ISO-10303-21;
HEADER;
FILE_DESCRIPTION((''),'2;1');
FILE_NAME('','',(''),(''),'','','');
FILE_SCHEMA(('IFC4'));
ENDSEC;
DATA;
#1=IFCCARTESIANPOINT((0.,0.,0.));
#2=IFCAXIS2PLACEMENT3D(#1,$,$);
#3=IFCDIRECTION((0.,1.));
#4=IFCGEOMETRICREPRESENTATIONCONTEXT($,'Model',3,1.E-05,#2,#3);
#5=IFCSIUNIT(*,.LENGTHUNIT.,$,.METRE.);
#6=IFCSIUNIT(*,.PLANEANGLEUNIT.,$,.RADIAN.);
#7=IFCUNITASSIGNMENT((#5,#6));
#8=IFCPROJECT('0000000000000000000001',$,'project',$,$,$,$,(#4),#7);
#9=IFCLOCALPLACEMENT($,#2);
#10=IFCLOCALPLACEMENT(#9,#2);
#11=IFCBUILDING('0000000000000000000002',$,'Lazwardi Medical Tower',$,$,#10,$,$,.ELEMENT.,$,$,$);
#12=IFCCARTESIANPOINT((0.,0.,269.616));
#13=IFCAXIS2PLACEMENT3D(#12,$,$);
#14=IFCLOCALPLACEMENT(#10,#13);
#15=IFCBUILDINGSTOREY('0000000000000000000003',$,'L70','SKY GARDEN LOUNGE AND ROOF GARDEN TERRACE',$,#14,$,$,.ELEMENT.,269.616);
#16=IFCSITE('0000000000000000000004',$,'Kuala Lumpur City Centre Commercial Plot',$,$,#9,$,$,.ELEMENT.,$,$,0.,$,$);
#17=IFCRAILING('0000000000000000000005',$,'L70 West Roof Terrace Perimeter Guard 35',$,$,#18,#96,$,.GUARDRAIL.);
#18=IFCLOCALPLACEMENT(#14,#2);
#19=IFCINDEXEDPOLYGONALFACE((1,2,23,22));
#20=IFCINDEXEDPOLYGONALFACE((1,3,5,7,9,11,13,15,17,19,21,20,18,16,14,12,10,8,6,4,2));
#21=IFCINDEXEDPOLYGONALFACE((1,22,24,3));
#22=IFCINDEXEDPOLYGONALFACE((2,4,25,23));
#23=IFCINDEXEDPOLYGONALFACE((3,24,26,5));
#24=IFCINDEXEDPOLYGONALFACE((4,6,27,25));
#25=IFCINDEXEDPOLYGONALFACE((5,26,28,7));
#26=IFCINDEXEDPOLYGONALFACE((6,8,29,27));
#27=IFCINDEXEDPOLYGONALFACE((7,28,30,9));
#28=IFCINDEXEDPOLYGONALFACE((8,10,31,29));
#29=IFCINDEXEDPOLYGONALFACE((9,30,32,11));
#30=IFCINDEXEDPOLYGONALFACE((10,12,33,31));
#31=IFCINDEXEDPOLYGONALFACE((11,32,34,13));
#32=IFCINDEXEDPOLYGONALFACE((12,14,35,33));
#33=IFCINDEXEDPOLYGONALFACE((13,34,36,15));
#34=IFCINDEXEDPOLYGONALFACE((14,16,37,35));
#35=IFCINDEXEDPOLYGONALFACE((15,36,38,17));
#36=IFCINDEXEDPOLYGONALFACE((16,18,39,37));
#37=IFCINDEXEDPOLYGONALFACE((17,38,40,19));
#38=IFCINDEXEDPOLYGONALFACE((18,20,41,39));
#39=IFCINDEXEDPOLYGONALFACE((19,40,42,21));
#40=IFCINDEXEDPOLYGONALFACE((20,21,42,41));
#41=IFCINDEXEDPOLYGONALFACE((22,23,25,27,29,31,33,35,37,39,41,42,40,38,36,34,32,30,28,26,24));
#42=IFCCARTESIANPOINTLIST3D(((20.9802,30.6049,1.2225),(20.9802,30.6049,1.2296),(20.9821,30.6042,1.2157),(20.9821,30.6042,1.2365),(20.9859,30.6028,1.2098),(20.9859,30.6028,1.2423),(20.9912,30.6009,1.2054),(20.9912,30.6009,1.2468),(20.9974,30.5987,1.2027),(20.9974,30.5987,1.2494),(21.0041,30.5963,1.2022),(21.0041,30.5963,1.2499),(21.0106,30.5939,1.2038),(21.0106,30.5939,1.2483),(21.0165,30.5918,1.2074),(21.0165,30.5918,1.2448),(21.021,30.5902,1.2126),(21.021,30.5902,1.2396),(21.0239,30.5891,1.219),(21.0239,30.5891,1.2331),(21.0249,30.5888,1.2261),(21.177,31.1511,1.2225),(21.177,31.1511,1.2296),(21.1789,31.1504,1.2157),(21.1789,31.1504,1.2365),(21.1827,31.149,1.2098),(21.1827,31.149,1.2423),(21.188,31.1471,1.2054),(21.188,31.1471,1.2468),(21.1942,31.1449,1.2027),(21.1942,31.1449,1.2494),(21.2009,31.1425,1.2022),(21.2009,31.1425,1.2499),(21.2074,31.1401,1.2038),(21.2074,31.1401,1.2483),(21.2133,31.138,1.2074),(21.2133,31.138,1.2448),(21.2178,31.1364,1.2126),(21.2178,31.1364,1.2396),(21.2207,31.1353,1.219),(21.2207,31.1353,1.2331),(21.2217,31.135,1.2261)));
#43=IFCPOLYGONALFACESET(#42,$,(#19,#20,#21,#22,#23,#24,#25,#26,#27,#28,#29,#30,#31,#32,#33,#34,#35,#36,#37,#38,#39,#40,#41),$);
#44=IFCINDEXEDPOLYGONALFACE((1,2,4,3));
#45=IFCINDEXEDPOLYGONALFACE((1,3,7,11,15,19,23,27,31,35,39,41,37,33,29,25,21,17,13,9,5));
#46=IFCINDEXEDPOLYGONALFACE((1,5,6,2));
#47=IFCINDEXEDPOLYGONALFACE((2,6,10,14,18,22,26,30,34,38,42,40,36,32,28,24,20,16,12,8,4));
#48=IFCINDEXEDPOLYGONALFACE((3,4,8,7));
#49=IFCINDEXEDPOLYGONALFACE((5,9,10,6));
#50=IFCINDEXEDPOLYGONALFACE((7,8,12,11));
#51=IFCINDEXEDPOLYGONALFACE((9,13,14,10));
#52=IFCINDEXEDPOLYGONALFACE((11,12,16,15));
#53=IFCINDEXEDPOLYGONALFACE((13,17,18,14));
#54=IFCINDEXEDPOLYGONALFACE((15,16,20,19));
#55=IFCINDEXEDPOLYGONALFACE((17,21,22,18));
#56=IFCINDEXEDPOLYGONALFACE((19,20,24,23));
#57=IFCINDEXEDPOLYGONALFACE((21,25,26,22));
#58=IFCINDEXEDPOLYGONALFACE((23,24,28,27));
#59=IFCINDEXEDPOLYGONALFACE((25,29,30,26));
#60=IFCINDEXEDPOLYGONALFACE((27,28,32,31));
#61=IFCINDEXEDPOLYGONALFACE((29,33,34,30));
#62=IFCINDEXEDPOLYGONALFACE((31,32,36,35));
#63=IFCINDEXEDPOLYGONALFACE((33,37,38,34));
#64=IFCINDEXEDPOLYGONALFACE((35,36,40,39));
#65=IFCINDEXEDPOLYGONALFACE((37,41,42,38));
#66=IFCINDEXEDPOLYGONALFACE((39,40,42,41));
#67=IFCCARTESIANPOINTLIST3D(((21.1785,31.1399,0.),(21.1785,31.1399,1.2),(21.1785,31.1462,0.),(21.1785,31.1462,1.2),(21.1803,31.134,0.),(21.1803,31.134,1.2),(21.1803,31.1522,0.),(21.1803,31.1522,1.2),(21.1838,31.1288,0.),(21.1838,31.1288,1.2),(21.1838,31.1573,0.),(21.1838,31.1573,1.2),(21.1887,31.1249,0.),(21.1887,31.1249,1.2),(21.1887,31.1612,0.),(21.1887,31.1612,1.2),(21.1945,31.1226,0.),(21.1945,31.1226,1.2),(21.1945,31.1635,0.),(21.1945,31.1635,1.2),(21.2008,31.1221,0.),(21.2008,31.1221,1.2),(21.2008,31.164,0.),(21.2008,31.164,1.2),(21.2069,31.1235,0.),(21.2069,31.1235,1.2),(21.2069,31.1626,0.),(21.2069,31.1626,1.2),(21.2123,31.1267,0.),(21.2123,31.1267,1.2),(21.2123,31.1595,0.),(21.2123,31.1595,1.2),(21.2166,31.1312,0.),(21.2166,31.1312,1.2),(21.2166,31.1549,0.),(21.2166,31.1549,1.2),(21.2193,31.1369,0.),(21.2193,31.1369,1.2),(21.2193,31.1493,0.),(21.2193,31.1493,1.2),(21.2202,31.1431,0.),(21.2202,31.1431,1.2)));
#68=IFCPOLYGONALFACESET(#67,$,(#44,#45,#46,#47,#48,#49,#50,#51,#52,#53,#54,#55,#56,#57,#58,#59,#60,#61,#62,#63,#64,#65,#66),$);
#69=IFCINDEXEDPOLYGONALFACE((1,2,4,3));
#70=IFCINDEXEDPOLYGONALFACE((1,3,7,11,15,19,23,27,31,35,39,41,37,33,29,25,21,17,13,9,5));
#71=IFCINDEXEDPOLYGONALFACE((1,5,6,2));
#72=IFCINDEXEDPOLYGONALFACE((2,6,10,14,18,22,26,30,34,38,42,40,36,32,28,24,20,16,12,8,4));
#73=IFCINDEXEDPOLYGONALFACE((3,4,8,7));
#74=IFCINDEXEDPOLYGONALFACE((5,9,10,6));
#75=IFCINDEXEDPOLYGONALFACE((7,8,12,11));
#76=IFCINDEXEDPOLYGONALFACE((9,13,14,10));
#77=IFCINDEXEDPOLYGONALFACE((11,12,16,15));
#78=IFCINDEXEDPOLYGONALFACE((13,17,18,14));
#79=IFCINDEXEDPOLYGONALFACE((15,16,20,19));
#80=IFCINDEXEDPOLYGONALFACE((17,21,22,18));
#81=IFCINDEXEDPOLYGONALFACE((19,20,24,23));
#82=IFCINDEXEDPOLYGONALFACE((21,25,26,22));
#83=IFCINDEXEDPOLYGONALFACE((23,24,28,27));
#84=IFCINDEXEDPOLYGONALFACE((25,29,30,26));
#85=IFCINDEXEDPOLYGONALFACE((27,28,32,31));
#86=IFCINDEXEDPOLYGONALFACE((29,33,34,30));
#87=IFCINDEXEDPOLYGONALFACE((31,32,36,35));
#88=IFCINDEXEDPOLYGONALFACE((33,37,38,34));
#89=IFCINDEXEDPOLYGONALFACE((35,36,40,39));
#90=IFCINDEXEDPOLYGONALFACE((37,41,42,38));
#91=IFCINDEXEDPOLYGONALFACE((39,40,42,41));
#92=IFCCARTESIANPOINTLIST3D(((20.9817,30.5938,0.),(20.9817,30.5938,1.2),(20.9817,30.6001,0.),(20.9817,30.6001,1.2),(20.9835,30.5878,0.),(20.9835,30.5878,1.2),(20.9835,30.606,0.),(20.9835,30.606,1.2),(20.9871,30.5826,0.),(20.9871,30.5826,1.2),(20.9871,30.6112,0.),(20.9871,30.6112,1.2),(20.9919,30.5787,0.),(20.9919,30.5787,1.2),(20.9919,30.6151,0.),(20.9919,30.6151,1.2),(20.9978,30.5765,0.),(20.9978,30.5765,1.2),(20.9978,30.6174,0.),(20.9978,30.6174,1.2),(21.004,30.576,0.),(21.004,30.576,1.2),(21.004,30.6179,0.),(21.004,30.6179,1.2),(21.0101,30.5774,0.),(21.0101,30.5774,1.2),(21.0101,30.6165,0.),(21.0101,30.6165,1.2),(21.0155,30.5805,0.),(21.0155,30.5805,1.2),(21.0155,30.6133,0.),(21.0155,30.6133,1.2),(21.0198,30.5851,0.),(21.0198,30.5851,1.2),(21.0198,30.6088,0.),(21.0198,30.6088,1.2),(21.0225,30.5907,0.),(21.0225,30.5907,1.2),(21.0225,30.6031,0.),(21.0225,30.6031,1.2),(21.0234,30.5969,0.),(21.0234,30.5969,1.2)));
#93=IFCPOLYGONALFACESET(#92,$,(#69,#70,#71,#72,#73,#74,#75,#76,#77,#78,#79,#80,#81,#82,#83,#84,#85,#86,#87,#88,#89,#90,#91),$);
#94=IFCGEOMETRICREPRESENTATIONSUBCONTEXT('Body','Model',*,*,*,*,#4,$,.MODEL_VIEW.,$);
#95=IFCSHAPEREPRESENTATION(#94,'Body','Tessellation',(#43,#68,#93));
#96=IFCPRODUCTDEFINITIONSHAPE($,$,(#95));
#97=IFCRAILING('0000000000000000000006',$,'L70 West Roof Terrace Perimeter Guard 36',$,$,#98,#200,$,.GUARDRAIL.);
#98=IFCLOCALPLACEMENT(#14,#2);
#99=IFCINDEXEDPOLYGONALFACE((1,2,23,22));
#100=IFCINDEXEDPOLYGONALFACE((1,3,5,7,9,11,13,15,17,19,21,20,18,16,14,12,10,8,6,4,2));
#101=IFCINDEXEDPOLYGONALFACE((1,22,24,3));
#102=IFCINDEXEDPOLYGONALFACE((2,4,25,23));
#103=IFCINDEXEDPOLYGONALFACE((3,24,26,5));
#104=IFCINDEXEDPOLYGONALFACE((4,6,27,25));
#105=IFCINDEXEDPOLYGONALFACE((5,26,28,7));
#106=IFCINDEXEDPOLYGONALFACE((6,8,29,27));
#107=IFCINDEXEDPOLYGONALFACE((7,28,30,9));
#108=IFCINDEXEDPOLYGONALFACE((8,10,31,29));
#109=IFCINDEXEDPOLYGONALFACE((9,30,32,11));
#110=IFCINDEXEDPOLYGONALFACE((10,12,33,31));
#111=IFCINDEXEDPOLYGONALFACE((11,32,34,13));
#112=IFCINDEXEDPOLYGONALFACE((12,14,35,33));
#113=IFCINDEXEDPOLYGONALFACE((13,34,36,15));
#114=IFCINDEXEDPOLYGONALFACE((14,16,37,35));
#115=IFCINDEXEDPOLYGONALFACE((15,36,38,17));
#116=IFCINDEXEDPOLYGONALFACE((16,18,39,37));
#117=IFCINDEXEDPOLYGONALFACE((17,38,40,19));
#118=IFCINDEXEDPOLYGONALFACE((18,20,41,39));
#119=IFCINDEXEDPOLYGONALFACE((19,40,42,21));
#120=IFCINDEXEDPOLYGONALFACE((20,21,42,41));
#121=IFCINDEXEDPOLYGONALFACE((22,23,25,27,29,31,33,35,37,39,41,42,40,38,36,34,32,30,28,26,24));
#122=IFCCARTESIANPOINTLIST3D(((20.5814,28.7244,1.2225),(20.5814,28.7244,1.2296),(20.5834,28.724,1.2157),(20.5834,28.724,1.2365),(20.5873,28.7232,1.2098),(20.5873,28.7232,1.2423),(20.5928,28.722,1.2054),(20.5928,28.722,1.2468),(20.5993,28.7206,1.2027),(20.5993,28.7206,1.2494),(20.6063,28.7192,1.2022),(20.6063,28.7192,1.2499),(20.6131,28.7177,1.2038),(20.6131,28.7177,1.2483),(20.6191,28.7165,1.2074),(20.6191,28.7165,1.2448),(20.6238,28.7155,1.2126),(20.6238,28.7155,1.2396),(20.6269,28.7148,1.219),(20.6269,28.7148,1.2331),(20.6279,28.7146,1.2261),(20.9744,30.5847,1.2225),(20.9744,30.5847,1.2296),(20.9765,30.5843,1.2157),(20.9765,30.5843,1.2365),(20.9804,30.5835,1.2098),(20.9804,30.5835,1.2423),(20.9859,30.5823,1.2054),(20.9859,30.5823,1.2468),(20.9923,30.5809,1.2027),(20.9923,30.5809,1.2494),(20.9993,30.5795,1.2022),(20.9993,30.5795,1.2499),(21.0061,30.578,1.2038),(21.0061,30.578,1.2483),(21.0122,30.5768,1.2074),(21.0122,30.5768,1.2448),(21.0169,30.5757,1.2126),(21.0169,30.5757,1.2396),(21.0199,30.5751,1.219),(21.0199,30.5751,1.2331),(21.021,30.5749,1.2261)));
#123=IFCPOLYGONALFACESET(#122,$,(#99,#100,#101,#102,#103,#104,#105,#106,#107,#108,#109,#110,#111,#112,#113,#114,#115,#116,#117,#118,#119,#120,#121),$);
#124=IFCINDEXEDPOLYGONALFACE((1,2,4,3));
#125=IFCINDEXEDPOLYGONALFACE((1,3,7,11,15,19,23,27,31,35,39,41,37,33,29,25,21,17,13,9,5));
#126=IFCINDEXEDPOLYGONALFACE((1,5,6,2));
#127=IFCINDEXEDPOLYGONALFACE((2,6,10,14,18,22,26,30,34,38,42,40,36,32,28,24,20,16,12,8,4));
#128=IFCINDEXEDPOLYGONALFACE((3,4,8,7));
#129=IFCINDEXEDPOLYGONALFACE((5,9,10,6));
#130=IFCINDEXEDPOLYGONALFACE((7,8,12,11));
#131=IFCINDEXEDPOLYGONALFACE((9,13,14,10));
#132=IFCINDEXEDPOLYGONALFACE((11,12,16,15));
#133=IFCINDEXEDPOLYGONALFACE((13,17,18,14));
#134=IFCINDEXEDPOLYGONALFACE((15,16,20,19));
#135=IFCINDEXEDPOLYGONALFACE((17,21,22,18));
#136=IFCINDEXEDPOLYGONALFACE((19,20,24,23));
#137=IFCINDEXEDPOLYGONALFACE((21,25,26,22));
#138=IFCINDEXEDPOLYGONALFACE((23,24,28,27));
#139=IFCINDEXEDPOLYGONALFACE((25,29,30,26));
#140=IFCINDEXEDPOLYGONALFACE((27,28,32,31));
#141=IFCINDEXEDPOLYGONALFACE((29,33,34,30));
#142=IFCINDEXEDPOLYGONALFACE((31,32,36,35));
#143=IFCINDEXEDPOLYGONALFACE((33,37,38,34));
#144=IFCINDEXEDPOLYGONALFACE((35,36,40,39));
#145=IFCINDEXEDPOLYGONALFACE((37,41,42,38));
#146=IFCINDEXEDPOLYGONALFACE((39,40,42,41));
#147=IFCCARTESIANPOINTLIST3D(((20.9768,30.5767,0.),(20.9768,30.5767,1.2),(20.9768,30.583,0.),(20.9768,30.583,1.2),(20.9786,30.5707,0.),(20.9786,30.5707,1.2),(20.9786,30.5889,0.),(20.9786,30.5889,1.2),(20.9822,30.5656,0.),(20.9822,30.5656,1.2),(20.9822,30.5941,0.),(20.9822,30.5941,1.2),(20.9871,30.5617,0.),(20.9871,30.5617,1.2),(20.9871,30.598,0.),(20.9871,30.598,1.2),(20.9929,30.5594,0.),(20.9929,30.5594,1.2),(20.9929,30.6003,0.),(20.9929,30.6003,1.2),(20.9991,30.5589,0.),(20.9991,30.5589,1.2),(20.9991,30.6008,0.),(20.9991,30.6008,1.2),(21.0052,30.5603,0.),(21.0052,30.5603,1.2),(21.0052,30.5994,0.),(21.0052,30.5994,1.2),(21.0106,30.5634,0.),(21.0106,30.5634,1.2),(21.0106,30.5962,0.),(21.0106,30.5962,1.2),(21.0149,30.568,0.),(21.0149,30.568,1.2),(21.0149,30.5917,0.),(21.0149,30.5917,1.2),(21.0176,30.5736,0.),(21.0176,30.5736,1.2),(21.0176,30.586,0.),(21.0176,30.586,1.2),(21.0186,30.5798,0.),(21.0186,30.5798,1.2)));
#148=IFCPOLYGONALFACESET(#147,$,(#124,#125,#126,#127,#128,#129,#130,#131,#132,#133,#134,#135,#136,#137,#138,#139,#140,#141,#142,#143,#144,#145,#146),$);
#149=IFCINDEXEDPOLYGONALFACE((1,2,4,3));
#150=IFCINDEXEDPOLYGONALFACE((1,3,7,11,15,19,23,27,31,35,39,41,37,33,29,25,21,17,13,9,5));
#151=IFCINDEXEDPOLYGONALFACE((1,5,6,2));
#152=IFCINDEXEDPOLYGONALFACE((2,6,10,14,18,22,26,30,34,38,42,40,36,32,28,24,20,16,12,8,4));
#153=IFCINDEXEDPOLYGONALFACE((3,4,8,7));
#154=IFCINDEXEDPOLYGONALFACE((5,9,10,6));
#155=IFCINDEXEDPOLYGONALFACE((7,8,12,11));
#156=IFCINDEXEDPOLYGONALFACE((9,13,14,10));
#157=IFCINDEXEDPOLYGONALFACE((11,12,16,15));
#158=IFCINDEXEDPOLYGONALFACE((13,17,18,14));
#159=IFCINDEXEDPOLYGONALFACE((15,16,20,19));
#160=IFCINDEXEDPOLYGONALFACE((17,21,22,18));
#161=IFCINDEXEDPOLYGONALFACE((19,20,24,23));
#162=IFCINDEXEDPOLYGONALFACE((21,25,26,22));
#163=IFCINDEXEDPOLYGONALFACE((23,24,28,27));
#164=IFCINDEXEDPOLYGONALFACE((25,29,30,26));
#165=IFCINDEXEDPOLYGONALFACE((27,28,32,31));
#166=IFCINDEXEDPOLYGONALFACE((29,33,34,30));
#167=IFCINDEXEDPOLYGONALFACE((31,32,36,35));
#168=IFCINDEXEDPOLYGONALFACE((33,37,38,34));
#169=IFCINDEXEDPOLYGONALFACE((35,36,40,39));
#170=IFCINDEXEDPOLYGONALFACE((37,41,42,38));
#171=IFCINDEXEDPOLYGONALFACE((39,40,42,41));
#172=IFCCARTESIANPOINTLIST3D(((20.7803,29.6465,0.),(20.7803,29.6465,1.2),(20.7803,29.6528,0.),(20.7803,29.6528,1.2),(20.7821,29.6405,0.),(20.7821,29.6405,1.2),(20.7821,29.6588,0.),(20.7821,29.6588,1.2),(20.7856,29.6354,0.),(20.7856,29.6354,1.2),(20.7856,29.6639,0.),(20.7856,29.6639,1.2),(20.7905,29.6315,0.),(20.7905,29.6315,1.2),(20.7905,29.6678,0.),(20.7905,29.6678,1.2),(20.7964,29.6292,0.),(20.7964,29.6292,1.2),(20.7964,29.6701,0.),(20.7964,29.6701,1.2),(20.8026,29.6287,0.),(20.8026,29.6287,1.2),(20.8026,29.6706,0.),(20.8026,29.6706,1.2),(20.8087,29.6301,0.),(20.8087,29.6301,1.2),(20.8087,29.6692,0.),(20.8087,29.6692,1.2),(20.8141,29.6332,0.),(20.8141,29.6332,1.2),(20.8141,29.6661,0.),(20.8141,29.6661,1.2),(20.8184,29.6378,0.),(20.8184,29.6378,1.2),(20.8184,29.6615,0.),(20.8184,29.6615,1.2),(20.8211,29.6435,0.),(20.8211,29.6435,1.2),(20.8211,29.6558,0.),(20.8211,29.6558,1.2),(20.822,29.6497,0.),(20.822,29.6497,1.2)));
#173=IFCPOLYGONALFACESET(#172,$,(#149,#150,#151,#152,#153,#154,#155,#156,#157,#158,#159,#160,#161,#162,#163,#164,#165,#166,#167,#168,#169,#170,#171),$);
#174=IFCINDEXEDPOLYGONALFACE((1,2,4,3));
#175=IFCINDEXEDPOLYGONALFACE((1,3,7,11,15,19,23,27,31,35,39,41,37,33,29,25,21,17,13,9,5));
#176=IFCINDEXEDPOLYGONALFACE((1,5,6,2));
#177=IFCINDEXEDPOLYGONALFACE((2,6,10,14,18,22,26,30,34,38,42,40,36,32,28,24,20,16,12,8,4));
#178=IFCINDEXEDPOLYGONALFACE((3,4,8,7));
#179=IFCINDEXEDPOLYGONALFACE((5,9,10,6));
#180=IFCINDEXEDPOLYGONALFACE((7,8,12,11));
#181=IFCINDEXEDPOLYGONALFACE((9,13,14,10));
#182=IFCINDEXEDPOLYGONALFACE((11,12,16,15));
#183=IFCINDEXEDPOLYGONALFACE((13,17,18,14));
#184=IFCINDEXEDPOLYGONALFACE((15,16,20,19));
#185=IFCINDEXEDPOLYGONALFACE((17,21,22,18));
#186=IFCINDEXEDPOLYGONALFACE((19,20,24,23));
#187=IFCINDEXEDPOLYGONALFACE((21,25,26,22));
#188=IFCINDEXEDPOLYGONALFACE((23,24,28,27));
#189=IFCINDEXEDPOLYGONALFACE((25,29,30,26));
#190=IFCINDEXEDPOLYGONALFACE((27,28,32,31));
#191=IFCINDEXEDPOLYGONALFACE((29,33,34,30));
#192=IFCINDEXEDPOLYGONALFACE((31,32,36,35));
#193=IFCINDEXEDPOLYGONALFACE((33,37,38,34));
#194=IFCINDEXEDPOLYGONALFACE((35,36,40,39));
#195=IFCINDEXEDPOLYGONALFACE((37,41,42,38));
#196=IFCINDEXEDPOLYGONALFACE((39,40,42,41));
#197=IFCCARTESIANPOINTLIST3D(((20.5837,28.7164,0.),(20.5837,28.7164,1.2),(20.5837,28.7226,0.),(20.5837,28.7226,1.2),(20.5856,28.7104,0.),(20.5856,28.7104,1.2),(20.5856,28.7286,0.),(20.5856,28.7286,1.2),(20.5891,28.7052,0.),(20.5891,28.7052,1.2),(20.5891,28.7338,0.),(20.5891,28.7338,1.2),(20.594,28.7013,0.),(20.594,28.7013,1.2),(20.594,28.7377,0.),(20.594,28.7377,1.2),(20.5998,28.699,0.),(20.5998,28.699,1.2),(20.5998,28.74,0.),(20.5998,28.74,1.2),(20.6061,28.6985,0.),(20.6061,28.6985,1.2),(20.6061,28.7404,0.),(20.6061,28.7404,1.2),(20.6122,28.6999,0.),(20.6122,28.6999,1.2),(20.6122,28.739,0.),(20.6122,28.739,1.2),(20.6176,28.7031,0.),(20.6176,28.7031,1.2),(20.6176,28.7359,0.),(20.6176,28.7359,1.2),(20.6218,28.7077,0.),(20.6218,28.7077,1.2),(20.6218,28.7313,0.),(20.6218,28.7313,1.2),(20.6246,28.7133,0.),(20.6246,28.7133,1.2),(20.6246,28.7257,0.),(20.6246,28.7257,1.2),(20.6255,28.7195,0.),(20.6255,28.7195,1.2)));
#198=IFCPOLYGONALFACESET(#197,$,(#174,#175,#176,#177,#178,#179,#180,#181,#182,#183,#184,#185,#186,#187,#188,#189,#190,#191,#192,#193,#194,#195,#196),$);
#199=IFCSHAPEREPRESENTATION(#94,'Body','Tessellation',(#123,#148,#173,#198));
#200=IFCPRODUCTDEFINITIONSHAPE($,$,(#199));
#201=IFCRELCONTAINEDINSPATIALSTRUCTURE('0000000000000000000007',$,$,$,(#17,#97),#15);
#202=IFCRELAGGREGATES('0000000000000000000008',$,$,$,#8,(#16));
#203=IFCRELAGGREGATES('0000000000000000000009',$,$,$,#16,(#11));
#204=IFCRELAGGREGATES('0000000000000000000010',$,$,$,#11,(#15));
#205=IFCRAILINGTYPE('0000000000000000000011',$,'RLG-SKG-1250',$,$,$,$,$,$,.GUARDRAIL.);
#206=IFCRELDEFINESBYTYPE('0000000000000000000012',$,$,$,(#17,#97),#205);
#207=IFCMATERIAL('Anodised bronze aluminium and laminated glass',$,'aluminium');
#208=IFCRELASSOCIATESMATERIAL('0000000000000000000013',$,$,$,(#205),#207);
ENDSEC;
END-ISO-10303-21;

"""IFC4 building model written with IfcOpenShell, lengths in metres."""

from ifc_helpers import new_model, si_unit, direction, frame, origin, origin_2d, place, context, subcontext, project, spatial, circle, extrude, material, type_object, element, save


model = new_model("IFC4")

# Units and contexts
model_context = context("Model", 3, precision=1e-05, world=origin(), true_north=direction((0.0, 1.0)))
body_context = subcontext(model_context, "Body", "Model", "MODEL_VIEW")
ifc_project = project(units=[si_unit("LENGTHUNIT", "METRE"), si_unit("PLANEANGLEUNIT", "RADIAN")], contexts=[model_context])

# Site, building, storey
site_placement = place(None, origin())
site = spatial("IfcSite", under=ifc_project, at=site_placement, Name="Kuala Lumpur City Centre Commercial Plot", CompositionType="ELEMENT", RefElevation=0.0)
building_placement = place(site_placement, origin())
building = spatial("IfcBuilding", under=site, at=building_placement, Name="Lazwardi Medical Tower", CompositionType="ELEMENT")
storey_placement = place(building_placement, frame((0.0, 0.0, 269.616)))
storey = spatial("IfcBuildingStorey", under=building, at=storey_placement, Name="L70", Description="SKY GARDEN LOUNGE AND ROOF GARDEN TERRACE", CompositionType="ELEMENT", Elevation=269.616)

# Shared definitions
ifc_material_1 = material(Name="Anodised bronze aluminium and laminated glass", Category="aluminium")

# Railings
railing_type = type_object("IfcRailingType", Name="RLG-SKG-1250", PredefinedType="GUARDRAIL", material=ifc_material_1)
railing_1_placement = place(storey_placement, frame((21.1992, 31.1431, 0.0)))
element("IfcRailing", 1, at=railing_1_placement, inside=storey, type_object=railing_type, Name="L70 West Roof Terrace Perimeter Guard 35", PredefinedType="GUARDRAIL", context=body_context, shape_type="SweptSolid", body=[
    extrude(circle(Radius=0.0239, at=origin_2d()), frame((0.0, 0.0, 1.2261), z_axis=(-0.338973, -0.940796, 0.0), x_axis=(0.940796, -0.338973, 0.0)), (0.0, 0.0, 1.0), 0.5806),
    extrude(circle(Radius=0.021, at=origin_2d()), origin(), (0.0, 0.0, 1.0), 1.2),
    extrude(circle(Radius=0.021, at=origin_2d()), frame((-0.1968, -0.5461, 0.0)), (0.0, 0.0, 1.0), 1.2),
])
railing_2_placement = place(storey_placement, frame((20.9976, 30.5798, 0.0)))
element("IfcRailing", 2, at=railing_2_placement, inside=storey, type_object=railing_type, Name="L70 West Roof Terrace Perimeter Guard 36", PredefinedType="GUARDRAIL", context=body_context, shape_type="SweptSolid", body=[
    extrude(circle(Radius=0.0239, at=origin_2d()), frame((0.0, 0.0, 1.2261), z_axis=(-0.206722, -0.9784, 0.0), x_axis=(0.9784, -0.206722, 0.0)), (0.0, 0.0, 1.0), 1.9014),
    extrude(circle(Radius=0.021, at=origin_2d()), origin(), (0.0, 0.0, 1.0), 1.2),
    extrude(circle(Radius=0.021, at=origin_2d()), frame((-0.1965, -0.9302, 0.0)), (0.0, 0.0, 1.0), 1.2),
    extrude(circle(Radius=0.021, at=origin_2d()), frame((-0.3931, -1.8604, 0.0)), (0.0, 0.0, 1.0), 1.2),
])

save(model, "model.ifc")
